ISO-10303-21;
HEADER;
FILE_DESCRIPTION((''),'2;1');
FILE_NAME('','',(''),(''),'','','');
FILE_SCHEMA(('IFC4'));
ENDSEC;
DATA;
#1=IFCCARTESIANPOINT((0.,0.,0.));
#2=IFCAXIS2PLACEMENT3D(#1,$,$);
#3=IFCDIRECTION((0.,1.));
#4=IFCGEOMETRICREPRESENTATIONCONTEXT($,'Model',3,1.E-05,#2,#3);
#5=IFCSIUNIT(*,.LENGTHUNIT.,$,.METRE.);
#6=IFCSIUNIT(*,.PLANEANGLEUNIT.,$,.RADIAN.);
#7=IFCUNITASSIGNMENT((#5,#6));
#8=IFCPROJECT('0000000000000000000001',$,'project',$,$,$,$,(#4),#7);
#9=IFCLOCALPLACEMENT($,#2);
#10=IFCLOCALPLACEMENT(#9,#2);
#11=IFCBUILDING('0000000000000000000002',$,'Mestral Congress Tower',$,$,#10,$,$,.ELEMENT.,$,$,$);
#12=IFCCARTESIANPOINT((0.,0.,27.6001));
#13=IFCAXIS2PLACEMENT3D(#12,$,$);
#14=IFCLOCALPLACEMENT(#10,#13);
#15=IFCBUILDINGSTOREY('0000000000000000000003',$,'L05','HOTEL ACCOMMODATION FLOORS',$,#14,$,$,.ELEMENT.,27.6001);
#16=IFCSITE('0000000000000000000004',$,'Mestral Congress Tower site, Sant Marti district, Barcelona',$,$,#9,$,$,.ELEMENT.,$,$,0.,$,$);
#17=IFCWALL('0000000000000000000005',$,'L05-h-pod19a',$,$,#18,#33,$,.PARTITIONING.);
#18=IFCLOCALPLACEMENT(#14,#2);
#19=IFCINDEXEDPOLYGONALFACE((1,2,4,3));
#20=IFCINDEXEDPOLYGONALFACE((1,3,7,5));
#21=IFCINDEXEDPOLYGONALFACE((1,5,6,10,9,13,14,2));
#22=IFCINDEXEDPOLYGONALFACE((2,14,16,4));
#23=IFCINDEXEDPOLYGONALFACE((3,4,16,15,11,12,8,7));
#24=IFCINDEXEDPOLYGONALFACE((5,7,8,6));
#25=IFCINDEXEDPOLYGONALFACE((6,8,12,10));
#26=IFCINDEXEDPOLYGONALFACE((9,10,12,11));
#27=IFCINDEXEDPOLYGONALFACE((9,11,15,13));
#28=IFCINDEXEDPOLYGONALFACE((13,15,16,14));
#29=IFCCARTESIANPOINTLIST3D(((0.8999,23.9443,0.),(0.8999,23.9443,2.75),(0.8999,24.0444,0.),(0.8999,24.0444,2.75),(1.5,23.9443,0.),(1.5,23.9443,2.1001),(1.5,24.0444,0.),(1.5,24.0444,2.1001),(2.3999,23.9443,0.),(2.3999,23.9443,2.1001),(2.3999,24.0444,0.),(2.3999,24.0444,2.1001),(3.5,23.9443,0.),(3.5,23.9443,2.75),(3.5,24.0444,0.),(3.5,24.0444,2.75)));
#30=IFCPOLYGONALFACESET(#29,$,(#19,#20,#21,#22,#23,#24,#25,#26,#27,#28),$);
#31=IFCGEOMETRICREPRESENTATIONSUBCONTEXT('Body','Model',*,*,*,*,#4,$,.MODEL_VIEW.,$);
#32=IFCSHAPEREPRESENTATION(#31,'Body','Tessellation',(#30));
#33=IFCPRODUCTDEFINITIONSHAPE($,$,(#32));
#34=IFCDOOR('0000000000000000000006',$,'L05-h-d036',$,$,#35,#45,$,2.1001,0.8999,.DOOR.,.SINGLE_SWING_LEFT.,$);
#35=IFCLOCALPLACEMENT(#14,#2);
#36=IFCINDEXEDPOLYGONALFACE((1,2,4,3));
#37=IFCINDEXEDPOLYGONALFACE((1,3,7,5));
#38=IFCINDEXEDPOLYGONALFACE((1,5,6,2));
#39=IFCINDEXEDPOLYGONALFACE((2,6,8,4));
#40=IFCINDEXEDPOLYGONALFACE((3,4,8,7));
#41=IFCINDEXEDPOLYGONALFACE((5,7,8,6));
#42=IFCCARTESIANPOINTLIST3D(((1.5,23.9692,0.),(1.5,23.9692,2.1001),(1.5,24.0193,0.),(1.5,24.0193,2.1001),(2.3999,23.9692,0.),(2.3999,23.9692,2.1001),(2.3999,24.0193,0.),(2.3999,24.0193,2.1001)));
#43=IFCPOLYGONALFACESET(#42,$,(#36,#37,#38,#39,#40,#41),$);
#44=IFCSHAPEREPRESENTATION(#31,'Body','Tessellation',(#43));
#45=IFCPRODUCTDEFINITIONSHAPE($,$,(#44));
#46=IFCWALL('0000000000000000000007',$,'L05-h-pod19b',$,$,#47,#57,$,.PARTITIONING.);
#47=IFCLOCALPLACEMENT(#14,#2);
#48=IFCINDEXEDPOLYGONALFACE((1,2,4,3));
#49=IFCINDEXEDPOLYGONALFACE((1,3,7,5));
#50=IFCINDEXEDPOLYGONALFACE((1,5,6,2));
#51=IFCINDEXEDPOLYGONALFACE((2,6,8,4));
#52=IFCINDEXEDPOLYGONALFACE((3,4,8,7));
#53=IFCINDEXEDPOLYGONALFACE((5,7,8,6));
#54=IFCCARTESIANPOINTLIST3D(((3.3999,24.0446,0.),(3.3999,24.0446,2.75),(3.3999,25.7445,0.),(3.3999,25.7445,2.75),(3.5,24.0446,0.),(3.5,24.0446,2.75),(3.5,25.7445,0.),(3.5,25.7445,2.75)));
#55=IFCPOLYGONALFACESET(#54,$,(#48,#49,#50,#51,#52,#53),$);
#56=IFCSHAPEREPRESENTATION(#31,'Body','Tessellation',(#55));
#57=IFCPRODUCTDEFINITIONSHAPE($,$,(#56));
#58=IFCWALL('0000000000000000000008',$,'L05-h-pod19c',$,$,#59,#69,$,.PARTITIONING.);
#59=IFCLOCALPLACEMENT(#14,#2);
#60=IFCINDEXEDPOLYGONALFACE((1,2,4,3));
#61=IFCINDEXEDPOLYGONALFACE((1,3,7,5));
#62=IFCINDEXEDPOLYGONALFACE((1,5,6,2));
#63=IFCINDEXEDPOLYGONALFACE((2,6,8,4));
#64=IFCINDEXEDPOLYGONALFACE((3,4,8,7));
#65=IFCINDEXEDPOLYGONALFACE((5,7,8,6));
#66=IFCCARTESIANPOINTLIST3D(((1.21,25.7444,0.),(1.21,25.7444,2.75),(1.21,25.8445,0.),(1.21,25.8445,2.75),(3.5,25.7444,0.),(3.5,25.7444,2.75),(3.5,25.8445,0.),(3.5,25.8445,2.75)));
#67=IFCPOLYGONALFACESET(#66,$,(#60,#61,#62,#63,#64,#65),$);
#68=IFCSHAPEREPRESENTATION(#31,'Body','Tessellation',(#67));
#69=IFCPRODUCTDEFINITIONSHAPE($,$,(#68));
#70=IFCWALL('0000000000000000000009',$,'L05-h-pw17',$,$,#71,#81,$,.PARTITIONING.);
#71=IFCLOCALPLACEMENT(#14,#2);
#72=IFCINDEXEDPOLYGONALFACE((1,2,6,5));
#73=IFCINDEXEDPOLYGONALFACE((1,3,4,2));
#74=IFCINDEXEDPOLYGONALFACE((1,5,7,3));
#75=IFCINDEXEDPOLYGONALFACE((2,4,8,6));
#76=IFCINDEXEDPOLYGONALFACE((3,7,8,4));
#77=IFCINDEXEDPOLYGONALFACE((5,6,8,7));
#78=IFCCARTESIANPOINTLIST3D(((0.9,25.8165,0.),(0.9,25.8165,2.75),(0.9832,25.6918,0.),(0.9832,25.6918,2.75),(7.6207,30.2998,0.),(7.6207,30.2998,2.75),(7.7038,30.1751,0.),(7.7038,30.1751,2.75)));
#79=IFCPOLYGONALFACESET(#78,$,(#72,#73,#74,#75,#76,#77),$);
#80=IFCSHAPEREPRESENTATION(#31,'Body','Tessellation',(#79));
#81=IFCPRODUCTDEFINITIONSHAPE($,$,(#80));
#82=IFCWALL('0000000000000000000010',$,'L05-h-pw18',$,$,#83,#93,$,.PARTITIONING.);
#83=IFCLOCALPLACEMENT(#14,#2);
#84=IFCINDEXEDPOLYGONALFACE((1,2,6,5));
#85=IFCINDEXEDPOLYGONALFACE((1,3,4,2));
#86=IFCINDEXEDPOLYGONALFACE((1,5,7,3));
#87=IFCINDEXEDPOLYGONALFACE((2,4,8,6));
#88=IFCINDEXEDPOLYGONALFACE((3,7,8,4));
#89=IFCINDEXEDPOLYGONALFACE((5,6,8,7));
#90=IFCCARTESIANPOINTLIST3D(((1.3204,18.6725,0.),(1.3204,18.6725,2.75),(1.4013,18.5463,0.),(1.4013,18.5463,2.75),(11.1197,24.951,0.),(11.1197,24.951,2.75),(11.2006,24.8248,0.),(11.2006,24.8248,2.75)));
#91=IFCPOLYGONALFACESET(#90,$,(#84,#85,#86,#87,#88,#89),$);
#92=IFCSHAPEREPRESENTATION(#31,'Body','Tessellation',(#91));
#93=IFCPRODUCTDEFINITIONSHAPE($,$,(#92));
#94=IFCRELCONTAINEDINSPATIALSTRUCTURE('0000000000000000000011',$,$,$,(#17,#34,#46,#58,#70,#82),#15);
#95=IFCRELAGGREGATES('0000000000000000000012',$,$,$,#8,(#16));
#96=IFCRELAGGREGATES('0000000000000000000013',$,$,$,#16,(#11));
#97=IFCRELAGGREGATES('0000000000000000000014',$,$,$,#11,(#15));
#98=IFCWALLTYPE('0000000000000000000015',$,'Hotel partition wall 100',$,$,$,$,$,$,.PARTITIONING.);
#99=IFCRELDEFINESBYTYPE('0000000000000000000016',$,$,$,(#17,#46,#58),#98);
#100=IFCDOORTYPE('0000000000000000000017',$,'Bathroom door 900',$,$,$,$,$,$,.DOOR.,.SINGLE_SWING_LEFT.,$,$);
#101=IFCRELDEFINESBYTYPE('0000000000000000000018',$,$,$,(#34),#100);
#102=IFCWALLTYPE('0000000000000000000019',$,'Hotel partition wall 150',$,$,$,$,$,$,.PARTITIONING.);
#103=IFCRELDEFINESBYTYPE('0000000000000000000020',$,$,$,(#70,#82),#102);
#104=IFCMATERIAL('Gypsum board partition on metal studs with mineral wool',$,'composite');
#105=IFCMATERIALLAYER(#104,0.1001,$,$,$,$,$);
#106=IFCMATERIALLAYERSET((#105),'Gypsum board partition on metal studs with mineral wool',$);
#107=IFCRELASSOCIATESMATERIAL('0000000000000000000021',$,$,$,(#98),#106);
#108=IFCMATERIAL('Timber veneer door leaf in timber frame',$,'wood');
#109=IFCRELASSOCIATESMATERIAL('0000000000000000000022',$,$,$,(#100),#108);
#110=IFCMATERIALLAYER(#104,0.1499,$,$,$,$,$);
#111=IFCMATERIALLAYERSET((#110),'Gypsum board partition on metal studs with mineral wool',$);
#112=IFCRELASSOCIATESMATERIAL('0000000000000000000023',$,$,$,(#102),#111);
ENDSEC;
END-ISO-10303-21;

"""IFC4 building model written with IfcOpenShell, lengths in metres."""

from ifc_helpers import new_model, si_unit, direction, frame, frame_2d, origin, place, context, subcontext, project, spatial, rectangle, extrude, material, layer, layer_set, type_object, element, fill, save


model = new_model("IFC4")

# Units and contexts
model_context = context("Model", 3, precision=1e-05, world=origin(), true_north=direction((0.0, 1.0)))
body_context = subcontext(model_context, "Body", "Model", "MODEL_VIEW")
ifc_project = project(units=[si_unit("LENGTHUNIT", "METRE"), si_unit("PLANEANGLEUNIT", "RADIAN")], contexts=[model_context])

# Site, building, storey
site_placement = place(None, origin())
site = spatial("IfcSite", under=ifc_project, at=site_placement, Name="Mestral Congress Tower site, Sant Marti district, Barcelona", CompositionType="ELEMENT", RefElevation=0.0)
building_placement = place(site_placement, origin())
building = spatial("IfcBuilding", under=site, at=building_placement, Name="Mestral Congress Tower", CompositionType="ELEMENT")
storey_placement = place(building_placement, frame((0.0, 0.0, 27.6001)))
storey = spatial("IfcBuildingStorey", under=building, at=storey_placement, Name="L05", Description="HOTEL ACCOMMODATION FLOORS", CompositionType="ELEMENT", Elevation=27.6001)

# Wall, opening, door
ifc_material_1 = material(Name="Gypsum board partition on metal studs with mineral wool", Category="composite")
ifc_layer_1 = layer(ifc_material_1, 0.1001)
ifc_layer_set_1 = layer_set([ifc_layer_1], Name="Gypsum board partition on metal studs with mineral wool")
wall_type_1 = type_object("IfcWallType", Name="Hotel partition wall 100", PredefinedType="PARTITIONING", material=ifc_layer_set_1)
wall_1_placement = place(storey_placement, frame((0.8999, 23.9944, 0.0), z_axis=(0.0, 0.0, 1.0), x_axis=(1.0, 0.0, 0.0)))
wall_1 = element("IfcWall", 1, at=wall_1_placement, inside=storey, type_object=wall_type_1, Name="L05-h-pod19a", PredefinedType="PARTITIONING", context=body_context, shape_type="SweptSolid", body=[
    extrude(rectangle(XDim=2.6001, YDim=0.1001, at=frame_2d((1.3, 0.0))), origin(), (0.0, 0.0, 1.0), 2.75),
])
opening_1_placement = place(wall_1_placement, frame((0.6001, 0.0, 0.0)))
opening_1 = element("IfcOpeningElement", 2, at=opening_1_placement, cuts=wall_1, PredefinedType="OPENING", context=body_context, shape_type="SweptSolid", body=[
    extrude(rectangle(XDim=0.8999, YDim=2.1001, at=frame_2d((0.45, 1.05))), frame((0.0, 0.0601, 0.0), z_axis=(0.0, -1.0, 0.0), x_axis=(1.0, 0.0, 0.0)), (0.0, 0.0, 1.0), 0.1201),
])
ifc_material_2 = material(Name="Timber veneer door leaf in timber frame", Category="wood")
door_type = type_object("IfcDoorType", Name="Bathroom door 900", OperationType="SINGLE_SWING_LEFT", PredefinedType="DOOR", material=ifc_material_2)
door_placement = place(opening_1_placement, origin())
door = element("IfcDoor", 3, at=door_placement, inside=storey, type_object=door_type, Name="L05-h-d036", OperationType="SINGLE_SWING_LEFT", OverallHeight=2.1001, OverallWidth=0.8999, PredefinedType="DOOR", context=body_context, shape_type="SweptSolid", body=[
    extrude(rectangle(XDim=0.8999, YDim=2.1001, at=frame_2d((0.45, 1.05))), frame((0.0, 0.0249, 0.0), z_axis=(0.0, -1.0, 0.0), x_axis=(1.0, 0.0, 0.0)), (0.0, 0.0, 1.0), 0.05),
])
fill(opening_1, door)

# Walls
wall_2_placement = place(storey_placement, frame((3.45, 24.0444, 0.0), z_axis=(0.0, 0.0, 1.0), x_axis=(0.0, 1.0, 0.0)))
element("IfcWall", 4, at=wall_2_placement, inside=storey, type_object=wall_type_1, Name="L05-h-pod19b", PredefinedType="PARTITIONING", context=body_context, shape_type="SweptSolid", body=[
    extrude(rectangle(XDim=1.7, YDim=0.1001, at=frame_2d((0.8501, 0.0))), origin(), (0.0, 0.0, 1.0), 2.75),
])
wall_3_placement = place(storey_placement, frame((1.21, 25.7944, 0.0), z_axis=(0.0, 0.0, 1.0), x_axis=(1.0, 0.0, 0.0)))
element("IfcWall", 5, at=wall_3_placement, inside=storey, type_object=wall_type_1, Name="L05-h-pod19c", PredefinedType="PARTITIONING", context=body_context, shape_type="SweptSolid", body=[
    extrude(rectangle(XDim=2.29, YDim=0.1001, at=frame_2d((1.145, 0.0))), origin(), (0.0, 0.0, 1.0), 2.75),
])
ifc_layer_2 = layer(ifc_material_1, 0.1499)
ifc_layer_set_2 = layer_set([ifc_layer_2], Name="Gypsum board partition on metal studs with mineral wool")
wall_type_2 = type_object("IfcWallType", Name="Hotel partition wall 150", PredefinedType="PARTITIONING", material=ifc_layer_set_2)
wall_4_placement = place(storey_placement, frame((7.6624, 30.2375, 0.0), z_axis=(0.0, 0.0, 1.0), x_axis=(-0.831883, -0.554951, 0.0)))
element("IfcWall", 6, at=wall_4_placement, inside=storey, type_object=wall_type_2, Name="L05-h-pw17", PredefinedType="PARTITIONING", context=body_context, shape_type="SweptSolid", body=[
    extrude(rectangle(XDim=8.0789, YDim=0.1499, at=frame_2d((4.0396, 0.0))), origin(), (0.0, 0.0, 1.0), 2.75),
])
wall_5_placement = place(storey_placement, frame((11.1602, 24.8879, 0.0), z_axis=(0.0, 0.0, 1.0), x_axis=(-0.841998, -0.53948, 0.0)))
element("IfcWall", 7, at=wall_5_placement, inside=storey, type_object=wall_type_2, Name="L05-h-pw18", PredefinedType="PARTITIONING", context=body_context, shape_type="SweptSolid", body=[
    extrude(rectangle(XDim=11.6382, YDim=0.1499, at=frame_2d((5.8191, 0.0))), origin(), (0.0, 0.0, 1.0), 2.75),
])

save(model, "model.ifc")
